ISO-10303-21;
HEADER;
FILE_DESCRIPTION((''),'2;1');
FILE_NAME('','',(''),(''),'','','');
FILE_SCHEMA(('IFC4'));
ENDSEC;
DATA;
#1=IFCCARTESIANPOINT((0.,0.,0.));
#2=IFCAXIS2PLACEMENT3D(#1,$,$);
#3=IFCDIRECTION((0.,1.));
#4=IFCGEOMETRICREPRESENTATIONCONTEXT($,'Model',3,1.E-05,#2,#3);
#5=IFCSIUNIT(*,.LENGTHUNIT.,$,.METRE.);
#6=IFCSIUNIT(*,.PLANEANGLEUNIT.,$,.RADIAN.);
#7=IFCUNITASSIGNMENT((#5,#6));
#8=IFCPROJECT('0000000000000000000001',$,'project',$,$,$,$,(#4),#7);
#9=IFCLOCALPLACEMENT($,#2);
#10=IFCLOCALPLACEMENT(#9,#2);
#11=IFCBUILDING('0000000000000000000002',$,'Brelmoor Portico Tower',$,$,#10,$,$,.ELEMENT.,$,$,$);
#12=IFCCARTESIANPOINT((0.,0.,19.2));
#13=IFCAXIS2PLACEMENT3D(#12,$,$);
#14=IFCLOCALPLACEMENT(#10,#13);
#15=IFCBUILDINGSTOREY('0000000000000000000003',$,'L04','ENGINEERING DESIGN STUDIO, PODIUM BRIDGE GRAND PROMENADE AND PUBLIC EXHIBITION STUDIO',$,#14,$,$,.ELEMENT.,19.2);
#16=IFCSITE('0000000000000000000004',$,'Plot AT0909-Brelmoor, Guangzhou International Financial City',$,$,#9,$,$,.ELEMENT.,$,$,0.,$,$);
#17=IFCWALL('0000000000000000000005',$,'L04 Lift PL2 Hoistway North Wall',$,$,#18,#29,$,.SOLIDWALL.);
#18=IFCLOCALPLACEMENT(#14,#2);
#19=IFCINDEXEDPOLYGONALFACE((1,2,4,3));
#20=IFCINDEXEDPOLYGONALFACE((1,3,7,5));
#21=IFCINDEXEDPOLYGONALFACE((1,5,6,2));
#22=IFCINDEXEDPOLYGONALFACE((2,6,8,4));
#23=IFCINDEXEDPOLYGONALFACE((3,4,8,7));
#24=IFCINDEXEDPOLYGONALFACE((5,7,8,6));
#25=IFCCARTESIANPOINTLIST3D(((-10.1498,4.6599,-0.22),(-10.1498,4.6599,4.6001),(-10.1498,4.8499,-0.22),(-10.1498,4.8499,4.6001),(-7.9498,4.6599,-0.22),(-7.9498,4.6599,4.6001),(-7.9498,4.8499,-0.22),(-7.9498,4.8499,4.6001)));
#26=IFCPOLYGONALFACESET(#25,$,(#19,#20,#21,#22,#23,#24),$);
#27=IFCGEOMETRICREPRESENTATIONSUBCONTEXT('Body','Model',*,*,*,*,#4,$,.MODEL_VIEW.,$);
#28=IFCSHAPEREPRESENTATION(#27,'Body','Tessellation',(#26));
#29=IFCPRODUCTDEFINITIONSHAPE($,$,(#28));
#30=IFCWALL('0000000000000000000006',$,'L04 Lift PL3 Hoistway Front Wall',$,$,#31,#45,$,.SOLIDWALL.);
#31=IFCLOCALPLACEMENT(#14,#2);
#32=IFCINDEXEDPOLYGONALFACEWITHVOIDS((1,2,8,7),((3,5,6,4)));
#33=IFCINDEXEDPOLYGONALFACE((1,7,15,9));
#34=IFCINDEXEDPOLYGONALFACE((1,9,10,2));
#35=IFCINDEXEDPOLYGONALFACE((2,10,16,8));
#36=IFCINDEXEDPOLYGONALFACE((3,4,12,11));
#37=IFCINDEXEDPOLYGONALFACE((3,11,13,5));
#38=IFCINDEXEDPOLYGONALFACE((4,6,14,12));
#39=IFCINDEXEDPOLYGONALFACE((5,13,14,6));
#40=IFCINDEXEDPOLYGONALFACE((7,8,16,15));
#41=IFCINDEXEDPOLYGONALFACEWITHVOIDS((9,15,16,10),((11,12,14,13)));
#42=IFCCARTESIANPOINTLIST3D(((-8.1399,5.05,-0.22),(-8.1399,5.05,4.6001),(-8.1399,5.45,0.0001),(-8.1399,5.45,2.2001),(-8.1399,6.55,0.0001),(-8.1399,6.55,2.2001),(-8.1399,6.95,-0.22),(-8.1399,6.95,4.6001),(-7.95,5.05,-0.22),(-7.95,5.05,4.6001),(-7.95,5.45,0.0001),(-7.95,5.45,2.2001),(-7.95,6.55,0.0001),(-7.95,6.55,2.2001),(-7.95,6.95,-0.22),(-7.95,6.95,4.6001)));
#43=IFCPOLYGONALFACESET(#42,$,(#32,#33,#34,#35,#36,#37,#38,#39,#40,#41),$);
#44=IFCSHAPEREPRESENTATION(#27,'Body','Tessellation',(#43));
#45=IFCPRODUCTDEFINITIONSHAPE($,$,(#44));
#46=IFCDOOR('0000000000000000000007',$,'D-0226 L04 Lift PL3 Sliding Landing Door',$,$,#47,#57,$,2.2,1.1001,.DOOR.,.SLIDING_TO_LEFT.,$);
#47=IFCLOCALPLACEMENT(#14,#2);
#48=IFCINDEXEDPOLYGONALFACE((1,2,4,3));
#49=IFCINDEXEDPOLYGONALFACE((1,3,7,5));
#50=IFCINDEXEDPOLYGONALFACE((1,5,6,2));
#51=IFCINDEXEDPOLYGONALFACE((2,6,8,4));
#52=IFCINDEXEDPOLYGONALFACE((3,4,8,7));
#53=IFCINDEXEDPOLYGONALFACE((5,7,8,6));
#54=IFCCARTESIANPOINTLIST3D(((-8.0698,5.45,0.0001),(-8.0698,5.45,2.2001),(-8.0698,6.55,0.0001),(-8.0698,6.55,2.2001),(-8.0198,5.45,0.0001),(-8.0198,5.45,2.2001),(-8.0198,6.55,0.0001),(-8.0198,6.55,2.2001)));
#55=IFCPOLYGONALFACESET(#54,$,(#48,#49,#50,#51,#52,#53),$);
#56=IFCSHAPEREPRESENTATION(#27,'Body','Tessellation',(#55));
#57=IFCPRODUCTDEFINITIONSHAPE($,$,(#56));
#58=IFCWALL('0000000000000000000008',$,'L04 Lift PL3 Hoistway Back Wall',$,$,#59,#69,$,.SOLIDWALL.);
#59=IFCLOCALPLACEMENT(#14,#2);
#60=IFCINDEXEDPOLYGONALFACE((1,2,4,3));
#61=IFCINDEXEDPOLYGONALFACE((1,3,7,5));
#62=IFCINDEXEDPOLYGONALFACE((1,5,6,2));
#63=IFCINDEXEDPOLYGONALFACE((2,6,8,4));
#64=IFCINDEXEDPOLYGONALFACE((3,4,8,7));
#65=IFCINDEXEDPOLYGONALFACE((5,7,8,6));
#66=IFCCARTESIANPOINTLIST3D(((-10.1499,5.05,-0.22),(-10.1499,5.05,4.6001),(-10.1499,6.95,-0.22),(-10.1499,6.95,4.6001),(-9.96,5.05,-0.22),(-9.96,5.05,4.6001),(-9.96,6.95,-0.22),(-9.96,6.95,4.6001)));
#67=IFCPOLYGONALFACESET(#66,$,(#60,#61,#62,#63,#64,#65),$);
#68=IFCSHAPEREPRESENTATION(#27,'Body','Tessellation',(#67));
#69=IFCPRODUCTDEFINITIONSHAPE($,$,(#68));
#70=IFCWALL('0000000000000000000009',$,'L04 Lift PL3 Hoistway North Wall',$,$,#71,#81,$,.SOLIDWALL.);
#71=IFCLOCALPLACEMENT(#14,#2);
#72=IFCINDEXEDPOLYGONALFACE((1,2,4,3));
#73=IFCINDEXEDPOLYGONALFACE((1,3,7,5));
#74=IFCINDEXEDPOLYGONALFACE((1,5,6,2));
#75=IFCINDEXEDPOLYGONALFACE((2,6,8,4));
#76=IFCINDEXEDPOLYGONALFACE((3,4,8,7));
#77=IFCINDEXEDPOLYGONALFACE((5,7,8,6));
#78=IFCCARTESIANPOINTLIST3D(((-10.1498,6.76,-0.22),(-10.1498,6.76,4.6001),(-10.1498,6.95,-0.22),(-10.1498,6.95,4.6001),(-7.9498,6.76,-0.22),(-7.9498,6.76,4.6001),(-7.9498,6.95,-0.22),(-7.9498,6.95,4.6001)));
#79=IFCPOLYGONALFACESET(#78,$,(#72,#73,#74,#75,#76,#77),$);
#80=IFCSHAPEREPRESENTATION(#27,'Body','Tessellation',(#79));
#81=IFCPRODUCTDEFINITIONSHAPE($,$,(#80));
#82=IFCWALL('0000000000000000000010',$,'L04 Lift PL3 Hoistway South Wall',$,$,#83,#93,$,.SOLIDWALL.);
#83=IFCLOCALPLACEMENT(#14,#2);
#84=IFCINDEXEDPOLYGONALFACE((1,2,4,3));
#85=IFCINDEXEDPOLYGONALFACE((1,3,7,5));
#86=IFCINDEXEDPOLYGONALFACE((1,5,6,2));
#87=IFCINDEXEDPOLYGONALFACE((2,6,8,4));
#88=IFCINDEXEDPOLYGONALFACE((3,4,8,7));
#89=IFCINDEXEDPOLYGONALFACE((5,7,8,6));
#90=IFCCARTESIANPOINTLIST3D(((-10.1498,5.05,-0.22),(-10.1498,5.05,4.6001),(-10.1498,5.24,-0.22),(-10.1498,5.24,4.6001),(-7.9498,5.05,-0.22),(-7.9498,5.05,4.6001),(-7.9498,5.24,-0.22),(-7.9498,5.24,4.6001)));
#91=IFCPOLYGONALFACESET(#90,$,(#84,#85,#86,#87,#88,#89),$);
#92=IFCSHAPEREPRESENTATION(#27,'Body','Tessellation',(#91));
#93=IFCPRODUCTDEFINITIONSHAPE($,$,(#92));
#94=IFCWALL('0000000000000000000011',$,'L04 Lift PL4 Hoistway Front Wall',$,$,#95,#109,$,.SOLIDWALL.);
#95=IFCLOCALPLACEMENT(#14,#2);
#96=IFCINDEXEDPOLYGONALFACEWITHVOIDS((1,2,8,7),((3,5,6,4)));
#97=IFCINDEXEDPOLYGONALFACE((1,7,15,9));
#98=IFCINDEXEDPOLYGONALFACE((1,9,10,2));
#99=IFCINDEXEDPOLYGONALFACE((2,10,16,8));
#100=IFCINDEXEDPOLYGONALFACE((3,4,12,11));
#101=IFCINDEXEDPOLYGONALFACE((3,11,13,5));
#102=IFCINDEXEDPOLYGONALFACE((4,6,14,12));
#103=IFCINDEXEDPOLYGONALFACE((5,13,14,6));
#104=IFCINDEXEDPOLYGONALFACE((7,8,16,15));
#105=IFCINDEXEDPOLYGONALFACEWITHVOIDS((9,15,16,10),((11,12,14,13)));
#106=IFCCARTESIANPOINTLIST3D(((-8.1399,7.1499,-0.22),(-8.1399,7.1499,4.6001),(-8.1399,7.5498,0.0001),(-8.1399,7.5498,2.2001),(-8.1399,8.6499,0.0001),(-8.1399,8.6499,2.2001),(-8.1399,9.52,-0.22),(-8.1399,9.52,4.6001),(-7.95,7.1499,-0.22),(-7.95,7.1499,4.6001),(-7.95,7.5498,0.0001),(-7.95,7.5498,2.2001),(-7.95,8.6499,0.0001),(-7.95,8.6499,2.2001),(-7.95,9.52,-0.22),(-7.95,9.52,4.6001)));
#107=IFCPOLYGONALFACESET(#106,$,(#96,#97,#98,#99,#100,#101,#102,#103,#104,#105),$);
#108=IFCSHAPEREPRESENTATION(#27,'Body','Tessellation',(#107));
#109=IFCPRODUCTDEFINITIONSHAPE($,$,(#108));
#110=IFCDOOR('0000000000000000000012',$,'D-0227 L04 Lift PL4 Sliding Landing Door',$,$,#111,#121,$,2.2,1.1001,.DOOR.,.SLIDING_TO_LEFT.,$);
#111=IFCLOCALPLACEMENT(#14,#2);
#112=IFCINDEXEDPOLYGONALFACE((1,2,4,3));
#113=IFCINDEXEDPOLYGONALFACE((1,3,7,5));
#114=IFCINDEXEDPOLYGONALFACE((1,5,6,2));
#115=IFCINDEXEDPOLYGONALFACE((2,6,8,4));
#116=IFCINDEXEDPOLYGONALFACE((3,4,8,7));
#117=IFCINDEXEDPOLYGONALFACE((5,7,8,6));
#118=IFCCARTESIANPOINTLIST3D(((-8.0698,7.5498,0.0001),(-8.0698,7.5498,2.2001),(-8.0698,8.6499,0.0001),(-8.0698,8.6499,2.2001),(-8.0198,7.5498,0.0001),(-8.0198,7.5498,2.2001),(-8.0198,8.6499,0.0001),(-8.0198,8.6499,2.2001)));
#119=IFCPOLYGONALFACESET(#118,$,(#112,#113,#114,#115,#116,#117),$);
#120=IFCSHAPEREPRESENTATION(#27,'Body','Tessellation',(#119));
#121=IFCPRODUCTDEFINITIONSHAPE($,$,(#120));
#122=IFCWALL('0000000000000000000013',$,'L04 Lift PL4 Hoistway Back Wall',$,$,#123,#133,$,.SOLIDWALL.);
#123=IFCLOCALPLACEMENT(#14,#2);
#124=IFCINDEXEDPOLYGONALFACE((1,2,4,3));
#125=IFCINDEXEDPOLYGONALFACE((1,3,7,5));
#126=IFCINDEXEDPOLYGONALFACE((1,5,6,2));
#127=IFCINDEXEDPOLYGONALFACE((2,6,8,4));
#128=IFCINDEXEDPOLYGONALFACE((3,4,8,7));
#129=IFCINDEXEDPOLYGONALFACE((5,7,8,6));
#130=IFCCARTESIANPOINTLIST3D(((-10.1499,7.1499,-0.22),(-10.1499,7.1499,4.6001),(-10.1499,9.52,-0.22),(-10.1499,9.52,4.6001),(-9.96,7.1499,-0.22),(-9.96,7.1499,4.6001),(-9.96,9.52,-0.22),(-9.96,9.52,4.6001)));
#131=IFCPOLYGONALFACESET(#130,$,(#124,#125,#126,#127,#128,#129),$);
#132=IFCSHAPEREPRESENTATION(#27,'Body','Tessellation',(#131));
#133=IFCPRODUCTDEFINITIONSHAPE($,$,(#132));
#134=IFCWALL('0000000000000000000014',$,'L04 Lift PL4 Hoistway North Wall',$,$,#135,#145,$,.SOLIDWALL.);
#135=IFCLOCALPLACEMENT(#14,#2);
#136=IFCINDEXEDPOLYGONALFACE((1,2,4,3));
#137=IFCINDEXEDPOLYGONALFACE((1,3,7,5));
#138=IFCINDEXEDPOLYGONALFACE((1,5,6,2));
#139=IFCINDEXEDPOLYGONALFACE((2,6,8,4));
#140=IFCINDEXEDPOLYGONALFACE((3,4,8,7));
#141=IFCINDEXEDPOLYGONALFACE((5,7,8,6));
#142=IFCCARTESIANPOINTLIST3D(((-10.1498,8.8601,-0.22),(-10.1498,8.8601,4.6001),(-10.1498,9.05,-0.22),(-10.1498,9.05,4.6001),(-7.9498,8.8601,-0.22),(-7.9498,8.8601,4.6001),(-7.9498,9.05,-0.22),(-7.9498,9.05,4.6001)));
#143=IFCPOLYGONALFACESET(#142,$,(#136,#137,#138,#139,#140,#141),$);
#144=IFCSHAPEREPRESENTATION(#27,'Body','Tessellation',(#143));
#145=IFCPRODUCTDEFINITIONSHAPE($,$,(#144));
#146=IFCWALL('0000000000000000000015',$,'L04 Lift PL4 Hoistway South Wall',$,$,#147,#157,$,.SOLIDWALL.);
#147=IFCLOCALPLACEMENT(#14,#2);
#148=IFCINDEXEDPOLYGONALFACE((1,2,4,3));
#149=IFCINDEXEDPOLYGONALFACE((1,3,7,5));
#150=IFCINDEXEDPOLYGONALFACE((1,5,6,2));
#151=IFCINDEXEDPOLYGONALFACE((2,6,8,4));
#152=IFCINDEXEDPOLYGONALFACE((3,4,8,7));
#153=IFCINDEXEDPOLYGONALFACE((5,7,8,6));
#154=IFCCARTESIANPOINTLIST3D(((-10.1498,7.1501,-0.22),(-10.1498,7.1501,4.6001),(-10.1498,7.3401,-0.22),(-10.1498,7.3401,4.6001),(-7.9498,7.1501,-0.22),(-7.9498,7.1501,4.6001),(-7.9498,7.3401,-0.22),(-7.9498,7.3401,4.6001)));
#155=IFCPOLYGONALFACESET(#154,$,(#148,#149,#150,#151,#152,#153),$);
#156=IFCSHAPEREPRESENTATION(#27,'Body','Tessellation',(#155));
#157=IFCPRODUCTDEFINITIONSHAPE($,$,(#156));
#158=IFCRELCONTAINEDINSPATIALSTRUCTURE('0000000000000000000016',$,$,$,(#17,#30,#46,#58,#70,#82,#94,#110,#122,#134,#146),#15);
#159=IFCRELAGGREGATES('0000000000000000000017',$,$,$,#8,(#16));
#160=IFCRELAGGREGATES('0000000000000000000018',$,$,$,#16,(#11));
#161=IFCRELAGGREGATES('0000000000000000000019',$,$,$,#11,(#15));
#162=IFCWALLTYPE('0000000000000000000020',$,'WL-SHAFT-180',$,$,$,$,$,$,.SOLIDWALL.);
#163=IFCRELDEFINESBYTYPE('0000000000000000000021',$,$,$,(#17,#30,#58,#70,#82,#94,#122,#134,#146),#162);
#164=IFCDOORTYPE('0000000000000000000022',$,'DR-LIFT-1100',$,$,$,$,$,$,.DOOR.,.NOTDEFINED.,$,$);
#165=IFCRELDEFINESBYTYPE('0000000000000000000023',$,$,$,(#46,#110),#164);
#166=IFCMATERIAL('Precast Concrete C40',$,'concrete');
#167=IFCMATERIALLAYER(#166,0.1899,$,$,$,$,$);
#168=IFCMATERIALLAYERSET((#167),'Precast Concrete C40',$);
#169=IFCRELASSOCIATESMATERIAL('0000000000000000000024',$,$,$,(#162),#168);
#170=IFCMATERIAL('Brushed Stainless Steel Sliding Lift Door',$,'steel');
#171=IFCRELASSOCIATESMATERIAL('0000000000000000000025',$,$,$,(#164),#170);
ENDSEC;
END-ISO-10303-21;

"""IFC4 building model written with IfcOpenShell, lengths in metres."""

from ifc_helpers import new_model, si_unit, direction, frame, frame_2d, origin, place, context, subcontext, project, spatial, rectangle, extrude, material, layer, layer_set, type_object, element, fill, save


model = new_model("IFC4")

# Units and contexts
model_context = context("Model", 3, precision=1e-05, world=origin(), true_north=direction((0.0, 1.0)))
body_context = subcontext(model_context, "Body", "Model", "MODEL_VIEW")
ifc_project = project(units=[si_unit("LENGTHUNIT", "METRE"), si_unit("PLANEANGLEUNIT", "RADIAN")], contexts=[model_context])

# Site, building, storey
site_placement = place(None, origin())
site = spatial("IfcSite", under=ifc_project, at=site_placement, Name="Plot AT0909-Brelmoor, Guangzhou International Financial City", CompositionType="ELEMENT", RefElevation=0.0)
building_placement = place(site_placement, origin())
building = spatial("IfcBuilding", under=site, at=building_placement, Name="Brelmoor Portico Tower", CompositionType="ELEMENT")
storey_placement = place(building_placement, frame((0.0, 0.0, 19.2)))
storey = spatial("IfcBuildingStorey", under=building, at=storey_placement, Name="L04", Description="ENGINEERING DESIGN STUDIO, PODIUM BRIDGE GRAND PROMENADE AND PUBLIC EXHIBITION STUDIO", CompositionType="ELEMENT", Elevation=19.2)

# Shared definitions
ifc_material_1 = material(Name="Precast Concrete C40", Category="concrete")
ifc_layer_1 = layer(ifc_material_1, 0.1899)
ifc_layer_set_1 = layer_set([ifc_layer_1], Name="Precast Concrete C40")
wall_type_1 = type_object("IfcWallType", Name="WL-SHAFT-180", PredefinedType="SOLIDWALL", material=ifc_layer_set_1)
ifc_material_2 = material(Name="Brushed Stainless Steel Sliding Lift Door", Category="steel")
door_type_1 = type_object("IfcDoorType", Name="DR-LIFT-1100", OperationType="NOTDEFINED", PredefinedType="DOOR", material=ifc_material_2)

# Wall
wall_1_placement = place(storey_placement, frame((-10.1499, 4.7549, -0.22), z_axis=(0.0, 0.0, 1.0), x_axis=(1.0, 0.0, 0.0)))
element("IfcWall", 1, at=wall_1_placement, inside=storey, type_object=wall_type_1, Name="L04 Lift PL2 Hoistway North Wall", PredefinedType="SOLIDWALL", context=body_context, shape_type="SweptSolid", body=[
    extrude(rectangle(XDim=2.2, YDim=0.1899, at=frame_2d((1.1001, 0.0))), origin(), (0.0, 0.0, 1.0), 4.8201),
])

# Wall, opening, door
wall_2_placement = place(storey_placement, frame((-8.0449, 5.05, -0.22), z_axis=(0.0, 0.0, 1.0), x_axis=(0.0, 1.0, 0.0)))
wall_2 = element("IfcWall", 2, at=wall_2_placement, inside=storey, type_object=wall_type_1, Name="L04 Lift PL3 Hoistway Front Wall", PredefinedType="SOLIDWALL", context=body_context, shape_type="SweptSolid", body=[
    extrude(rectangle(XDim=1.8999, YDim=0.1899, at=frame_2d((0.95, 0.0))), origin(), (0.0, 0.0, 1.0), 4.8201),
])
opening_1_placement = place(wall_2_placement, frame((0.3999, 0.0, 0.22)))
opening_1 = element("IfcOpeningElement", 3, at=opening_1_placement, cuts=wall_2, PredefinedType="OPENING", context=body_context, shape_type="SweptSolid", body=[
    extrude(rectangle(XDim=1.1001, YDim=2.2, at=frame_2d((0.55, 1.1001))), frame((0.0, 0.105, 0.0), z_axis=(0.0, -1.0, 0.0), x_axis=(1.0, 0.0, 0.0)), (0.0, 0.0, 1.0), 0.21),
])
door_1_placement = place(opening_1_placement, origin())
door_1 = element("IfcDoor", 4, at=door_1_placement, inside=storey, type_object=door_type_1, Name="D-0226 L04 Lift PL3 Sliding Landing Door", OperationType="SLIDING_TO_LEFT", OverallHeight=2.2, OverallWidth=1.1001, PredefinedType="DOOR", context=body_context, shape_type="SweptSolid", body=[
    extrude(rectangle(XDim=1.1001, YDim=2.2, at=frame_2d((0.55, 1.1001))), frame((0.0, 0.0249, 0.0), z_axis=(0.0, -1.0, 0.0), x_axis=(1.0, 0.0, 0.0)), (0.0, 0.0, 1.0), 0.05),
])
fill(opening_1, door_1)

# Walls
wall_3_placement = place(storey_placement, frame((-10.0549, 5.05, -0.22), z_axis=(0.0, 0.0, 1.0), x_axis=(0.0, 1.0, 0.0)))
element("IfcWall", 5, at=wall_3_placement, inside=storey, type_object=wall_type_1, Name="L04 Lift PL3 Hoistway Back Wall", PredefinedType="SOLIDWALL", context=body_context, shape_type="SweptSolid", body=[
    extrude(rectangle(XDim=1.8999, YDim=0.1899, at=frame_2d((0.95, 0.0))), origin(), (0.0, 0.0, 1.0), 4.8201),
])
for number, where, z_axis, x_axis, name in (
    (6, (-10.1499, 6.855, -0.22), (0.0, 0.0, 1.0), (1.0, 0.0, 0.0), "L04 Lift PL3 Hoistway North Wall"),
    (7, (-10.1499, 5.145, -0.22), (0.0, 0.0, 1.0), (1.0, 0.0, 0.0), "L04 Lift PL3 Hoistway South Wall"),
):
    element("IfcWall", number, at=place(storey_placement, frame(where, z_axis=z_axis, x_axis=x_axis)), inside=storey, type_object=wall_type_1, Name=name, PredefinedType="SOLIDWALL", context=body_context, shape_type="SweptSolid", body=[
        extrude(rectangle(XDim=2.2, YDim=0.1899, at=frame_2d((1.1001, 0.0))), origin(), (0.0, 0.0, 1.0), 4.8201),
    ])

# Wall, opening, door
wall_4_placement = place(storey_placement, frame((-8.0449, 7.1499, -0.22), z_axis=(0.0, 0.0, 1.0), x_axis=(0.0, 1.0, 0.0)))
wall_4 = element("IfcWall", 8, at=wall_4_placement, inside=storey, type_object=wall_type_1, Name="L04 Lift PL4 Hoistway Front Wall", PredefinedType="SOLIDWALL", context=body_context, shape_type="SweptSolid", body=[
    extrude(rectangle(XDim=2.3701, YDim=0.1899, at=frame_2d((1.1851, 0.0))), origin(), (0.0, 0.0, 1.0), 4.8201),
])
opening_2_placement = place(wall_4_placement, frame((0.3999, 0.0, 0.22)))
opening_2 = element("IfcOpeningElement", 9, at=opening_2_placement, cuts=wall_4, PredefinedType="OPENING", context=body_context, shape_type="SweptSolid", body=[
    extrude(rectangle(XDim=1.1001, YDim=2.2, at=frame_2d((0.55, 1.1001))), frame((0.0, 0.105, 0.0), z_axis=(0.0, -1.0, 0.0), x_axis=(1.0, 0.0, 0.0)), (0.0, 0.0, 1.0), 0.21),
])
door_2_placement = place(opening_2_placement, origin())
door_2 = element("IfcDoor", 10, at=door_2_placement, inside=storey, type_object=door_type_1, Name="D-0227 L04 Lift PL4 Sliding Landing Door", OperationType="SLIDING_TO_LEFT", OverallHeight=2.2, OverallWidth=1.1001, PredefinedType="DOOR", context=body_context, shape_type="SweptSolid", body=[
    extrude(rectangle(XDim=1.1001, YDim=2.2, at=frame_2d((0.55, 1.1001))), frame((0.0, 0.0249, 0.0), z_axis=(0.0, -1.0, 0.0), x_axis=(1.0, 0.0, 0.0)), (0.0, 0.0, 1.0), 0.05),
])
fill(opening_2, door_2)

# Walls
wall_5_placement = place(storey_placement, frame((-10.0549, 7.1499, -0.22), z_axis=(0.0, 0.0, 1.0), x_axis=(0.0, 1.0, 0.0)))
element("IfcWall", 11, at=wall_5_placement, inside=storey, type_object=wall_type_1, Name="L04 Lift PL4 Hoistway Back Wall", PredefinedType="SOLIDWALL", context=body_context, shape_type="SweptSolid", body=[
    extrude(rectangle(XDim=2.3701, YDim=0.1899, at=frame_2d((1.1851, 0.0))), origin(), (0.0, 0.0, 1.0), 4.8201),
])
for number, where, z_axis, x_axis, name in (
    (12, (-10.1499, 8.9551, -0.22), (0.0, 0.0, 1.0), (1.0, 0.0, 0.0), "L04 Lift PL4 Hoistway North Wall"),
    (13, (-10.1499, 7.2451, -0.22), (0.0, 0.0, 1.0), (1.0, 0.0, 0.0), "L04 Lift PL4 Hoistway South Wall"),
):
    element("IfcWall", number, at=place(storey_placement, frame(where, z_axis=z_axis, x_axis=x_axis)), inside=storey, type_object=wall_type_1, Name=name, PredefinedType="SOLIDWALL", context=body_context, shape_type="SweptSolid", body=[
        extrude(rectangle(XDim=2.2, YDim=0.1899, at=frame_2d((1.1001, 0.0))), origin(), (0.0, 0.0, 1.0), 4.8201),
    ])

save(model, "model.ifc")
